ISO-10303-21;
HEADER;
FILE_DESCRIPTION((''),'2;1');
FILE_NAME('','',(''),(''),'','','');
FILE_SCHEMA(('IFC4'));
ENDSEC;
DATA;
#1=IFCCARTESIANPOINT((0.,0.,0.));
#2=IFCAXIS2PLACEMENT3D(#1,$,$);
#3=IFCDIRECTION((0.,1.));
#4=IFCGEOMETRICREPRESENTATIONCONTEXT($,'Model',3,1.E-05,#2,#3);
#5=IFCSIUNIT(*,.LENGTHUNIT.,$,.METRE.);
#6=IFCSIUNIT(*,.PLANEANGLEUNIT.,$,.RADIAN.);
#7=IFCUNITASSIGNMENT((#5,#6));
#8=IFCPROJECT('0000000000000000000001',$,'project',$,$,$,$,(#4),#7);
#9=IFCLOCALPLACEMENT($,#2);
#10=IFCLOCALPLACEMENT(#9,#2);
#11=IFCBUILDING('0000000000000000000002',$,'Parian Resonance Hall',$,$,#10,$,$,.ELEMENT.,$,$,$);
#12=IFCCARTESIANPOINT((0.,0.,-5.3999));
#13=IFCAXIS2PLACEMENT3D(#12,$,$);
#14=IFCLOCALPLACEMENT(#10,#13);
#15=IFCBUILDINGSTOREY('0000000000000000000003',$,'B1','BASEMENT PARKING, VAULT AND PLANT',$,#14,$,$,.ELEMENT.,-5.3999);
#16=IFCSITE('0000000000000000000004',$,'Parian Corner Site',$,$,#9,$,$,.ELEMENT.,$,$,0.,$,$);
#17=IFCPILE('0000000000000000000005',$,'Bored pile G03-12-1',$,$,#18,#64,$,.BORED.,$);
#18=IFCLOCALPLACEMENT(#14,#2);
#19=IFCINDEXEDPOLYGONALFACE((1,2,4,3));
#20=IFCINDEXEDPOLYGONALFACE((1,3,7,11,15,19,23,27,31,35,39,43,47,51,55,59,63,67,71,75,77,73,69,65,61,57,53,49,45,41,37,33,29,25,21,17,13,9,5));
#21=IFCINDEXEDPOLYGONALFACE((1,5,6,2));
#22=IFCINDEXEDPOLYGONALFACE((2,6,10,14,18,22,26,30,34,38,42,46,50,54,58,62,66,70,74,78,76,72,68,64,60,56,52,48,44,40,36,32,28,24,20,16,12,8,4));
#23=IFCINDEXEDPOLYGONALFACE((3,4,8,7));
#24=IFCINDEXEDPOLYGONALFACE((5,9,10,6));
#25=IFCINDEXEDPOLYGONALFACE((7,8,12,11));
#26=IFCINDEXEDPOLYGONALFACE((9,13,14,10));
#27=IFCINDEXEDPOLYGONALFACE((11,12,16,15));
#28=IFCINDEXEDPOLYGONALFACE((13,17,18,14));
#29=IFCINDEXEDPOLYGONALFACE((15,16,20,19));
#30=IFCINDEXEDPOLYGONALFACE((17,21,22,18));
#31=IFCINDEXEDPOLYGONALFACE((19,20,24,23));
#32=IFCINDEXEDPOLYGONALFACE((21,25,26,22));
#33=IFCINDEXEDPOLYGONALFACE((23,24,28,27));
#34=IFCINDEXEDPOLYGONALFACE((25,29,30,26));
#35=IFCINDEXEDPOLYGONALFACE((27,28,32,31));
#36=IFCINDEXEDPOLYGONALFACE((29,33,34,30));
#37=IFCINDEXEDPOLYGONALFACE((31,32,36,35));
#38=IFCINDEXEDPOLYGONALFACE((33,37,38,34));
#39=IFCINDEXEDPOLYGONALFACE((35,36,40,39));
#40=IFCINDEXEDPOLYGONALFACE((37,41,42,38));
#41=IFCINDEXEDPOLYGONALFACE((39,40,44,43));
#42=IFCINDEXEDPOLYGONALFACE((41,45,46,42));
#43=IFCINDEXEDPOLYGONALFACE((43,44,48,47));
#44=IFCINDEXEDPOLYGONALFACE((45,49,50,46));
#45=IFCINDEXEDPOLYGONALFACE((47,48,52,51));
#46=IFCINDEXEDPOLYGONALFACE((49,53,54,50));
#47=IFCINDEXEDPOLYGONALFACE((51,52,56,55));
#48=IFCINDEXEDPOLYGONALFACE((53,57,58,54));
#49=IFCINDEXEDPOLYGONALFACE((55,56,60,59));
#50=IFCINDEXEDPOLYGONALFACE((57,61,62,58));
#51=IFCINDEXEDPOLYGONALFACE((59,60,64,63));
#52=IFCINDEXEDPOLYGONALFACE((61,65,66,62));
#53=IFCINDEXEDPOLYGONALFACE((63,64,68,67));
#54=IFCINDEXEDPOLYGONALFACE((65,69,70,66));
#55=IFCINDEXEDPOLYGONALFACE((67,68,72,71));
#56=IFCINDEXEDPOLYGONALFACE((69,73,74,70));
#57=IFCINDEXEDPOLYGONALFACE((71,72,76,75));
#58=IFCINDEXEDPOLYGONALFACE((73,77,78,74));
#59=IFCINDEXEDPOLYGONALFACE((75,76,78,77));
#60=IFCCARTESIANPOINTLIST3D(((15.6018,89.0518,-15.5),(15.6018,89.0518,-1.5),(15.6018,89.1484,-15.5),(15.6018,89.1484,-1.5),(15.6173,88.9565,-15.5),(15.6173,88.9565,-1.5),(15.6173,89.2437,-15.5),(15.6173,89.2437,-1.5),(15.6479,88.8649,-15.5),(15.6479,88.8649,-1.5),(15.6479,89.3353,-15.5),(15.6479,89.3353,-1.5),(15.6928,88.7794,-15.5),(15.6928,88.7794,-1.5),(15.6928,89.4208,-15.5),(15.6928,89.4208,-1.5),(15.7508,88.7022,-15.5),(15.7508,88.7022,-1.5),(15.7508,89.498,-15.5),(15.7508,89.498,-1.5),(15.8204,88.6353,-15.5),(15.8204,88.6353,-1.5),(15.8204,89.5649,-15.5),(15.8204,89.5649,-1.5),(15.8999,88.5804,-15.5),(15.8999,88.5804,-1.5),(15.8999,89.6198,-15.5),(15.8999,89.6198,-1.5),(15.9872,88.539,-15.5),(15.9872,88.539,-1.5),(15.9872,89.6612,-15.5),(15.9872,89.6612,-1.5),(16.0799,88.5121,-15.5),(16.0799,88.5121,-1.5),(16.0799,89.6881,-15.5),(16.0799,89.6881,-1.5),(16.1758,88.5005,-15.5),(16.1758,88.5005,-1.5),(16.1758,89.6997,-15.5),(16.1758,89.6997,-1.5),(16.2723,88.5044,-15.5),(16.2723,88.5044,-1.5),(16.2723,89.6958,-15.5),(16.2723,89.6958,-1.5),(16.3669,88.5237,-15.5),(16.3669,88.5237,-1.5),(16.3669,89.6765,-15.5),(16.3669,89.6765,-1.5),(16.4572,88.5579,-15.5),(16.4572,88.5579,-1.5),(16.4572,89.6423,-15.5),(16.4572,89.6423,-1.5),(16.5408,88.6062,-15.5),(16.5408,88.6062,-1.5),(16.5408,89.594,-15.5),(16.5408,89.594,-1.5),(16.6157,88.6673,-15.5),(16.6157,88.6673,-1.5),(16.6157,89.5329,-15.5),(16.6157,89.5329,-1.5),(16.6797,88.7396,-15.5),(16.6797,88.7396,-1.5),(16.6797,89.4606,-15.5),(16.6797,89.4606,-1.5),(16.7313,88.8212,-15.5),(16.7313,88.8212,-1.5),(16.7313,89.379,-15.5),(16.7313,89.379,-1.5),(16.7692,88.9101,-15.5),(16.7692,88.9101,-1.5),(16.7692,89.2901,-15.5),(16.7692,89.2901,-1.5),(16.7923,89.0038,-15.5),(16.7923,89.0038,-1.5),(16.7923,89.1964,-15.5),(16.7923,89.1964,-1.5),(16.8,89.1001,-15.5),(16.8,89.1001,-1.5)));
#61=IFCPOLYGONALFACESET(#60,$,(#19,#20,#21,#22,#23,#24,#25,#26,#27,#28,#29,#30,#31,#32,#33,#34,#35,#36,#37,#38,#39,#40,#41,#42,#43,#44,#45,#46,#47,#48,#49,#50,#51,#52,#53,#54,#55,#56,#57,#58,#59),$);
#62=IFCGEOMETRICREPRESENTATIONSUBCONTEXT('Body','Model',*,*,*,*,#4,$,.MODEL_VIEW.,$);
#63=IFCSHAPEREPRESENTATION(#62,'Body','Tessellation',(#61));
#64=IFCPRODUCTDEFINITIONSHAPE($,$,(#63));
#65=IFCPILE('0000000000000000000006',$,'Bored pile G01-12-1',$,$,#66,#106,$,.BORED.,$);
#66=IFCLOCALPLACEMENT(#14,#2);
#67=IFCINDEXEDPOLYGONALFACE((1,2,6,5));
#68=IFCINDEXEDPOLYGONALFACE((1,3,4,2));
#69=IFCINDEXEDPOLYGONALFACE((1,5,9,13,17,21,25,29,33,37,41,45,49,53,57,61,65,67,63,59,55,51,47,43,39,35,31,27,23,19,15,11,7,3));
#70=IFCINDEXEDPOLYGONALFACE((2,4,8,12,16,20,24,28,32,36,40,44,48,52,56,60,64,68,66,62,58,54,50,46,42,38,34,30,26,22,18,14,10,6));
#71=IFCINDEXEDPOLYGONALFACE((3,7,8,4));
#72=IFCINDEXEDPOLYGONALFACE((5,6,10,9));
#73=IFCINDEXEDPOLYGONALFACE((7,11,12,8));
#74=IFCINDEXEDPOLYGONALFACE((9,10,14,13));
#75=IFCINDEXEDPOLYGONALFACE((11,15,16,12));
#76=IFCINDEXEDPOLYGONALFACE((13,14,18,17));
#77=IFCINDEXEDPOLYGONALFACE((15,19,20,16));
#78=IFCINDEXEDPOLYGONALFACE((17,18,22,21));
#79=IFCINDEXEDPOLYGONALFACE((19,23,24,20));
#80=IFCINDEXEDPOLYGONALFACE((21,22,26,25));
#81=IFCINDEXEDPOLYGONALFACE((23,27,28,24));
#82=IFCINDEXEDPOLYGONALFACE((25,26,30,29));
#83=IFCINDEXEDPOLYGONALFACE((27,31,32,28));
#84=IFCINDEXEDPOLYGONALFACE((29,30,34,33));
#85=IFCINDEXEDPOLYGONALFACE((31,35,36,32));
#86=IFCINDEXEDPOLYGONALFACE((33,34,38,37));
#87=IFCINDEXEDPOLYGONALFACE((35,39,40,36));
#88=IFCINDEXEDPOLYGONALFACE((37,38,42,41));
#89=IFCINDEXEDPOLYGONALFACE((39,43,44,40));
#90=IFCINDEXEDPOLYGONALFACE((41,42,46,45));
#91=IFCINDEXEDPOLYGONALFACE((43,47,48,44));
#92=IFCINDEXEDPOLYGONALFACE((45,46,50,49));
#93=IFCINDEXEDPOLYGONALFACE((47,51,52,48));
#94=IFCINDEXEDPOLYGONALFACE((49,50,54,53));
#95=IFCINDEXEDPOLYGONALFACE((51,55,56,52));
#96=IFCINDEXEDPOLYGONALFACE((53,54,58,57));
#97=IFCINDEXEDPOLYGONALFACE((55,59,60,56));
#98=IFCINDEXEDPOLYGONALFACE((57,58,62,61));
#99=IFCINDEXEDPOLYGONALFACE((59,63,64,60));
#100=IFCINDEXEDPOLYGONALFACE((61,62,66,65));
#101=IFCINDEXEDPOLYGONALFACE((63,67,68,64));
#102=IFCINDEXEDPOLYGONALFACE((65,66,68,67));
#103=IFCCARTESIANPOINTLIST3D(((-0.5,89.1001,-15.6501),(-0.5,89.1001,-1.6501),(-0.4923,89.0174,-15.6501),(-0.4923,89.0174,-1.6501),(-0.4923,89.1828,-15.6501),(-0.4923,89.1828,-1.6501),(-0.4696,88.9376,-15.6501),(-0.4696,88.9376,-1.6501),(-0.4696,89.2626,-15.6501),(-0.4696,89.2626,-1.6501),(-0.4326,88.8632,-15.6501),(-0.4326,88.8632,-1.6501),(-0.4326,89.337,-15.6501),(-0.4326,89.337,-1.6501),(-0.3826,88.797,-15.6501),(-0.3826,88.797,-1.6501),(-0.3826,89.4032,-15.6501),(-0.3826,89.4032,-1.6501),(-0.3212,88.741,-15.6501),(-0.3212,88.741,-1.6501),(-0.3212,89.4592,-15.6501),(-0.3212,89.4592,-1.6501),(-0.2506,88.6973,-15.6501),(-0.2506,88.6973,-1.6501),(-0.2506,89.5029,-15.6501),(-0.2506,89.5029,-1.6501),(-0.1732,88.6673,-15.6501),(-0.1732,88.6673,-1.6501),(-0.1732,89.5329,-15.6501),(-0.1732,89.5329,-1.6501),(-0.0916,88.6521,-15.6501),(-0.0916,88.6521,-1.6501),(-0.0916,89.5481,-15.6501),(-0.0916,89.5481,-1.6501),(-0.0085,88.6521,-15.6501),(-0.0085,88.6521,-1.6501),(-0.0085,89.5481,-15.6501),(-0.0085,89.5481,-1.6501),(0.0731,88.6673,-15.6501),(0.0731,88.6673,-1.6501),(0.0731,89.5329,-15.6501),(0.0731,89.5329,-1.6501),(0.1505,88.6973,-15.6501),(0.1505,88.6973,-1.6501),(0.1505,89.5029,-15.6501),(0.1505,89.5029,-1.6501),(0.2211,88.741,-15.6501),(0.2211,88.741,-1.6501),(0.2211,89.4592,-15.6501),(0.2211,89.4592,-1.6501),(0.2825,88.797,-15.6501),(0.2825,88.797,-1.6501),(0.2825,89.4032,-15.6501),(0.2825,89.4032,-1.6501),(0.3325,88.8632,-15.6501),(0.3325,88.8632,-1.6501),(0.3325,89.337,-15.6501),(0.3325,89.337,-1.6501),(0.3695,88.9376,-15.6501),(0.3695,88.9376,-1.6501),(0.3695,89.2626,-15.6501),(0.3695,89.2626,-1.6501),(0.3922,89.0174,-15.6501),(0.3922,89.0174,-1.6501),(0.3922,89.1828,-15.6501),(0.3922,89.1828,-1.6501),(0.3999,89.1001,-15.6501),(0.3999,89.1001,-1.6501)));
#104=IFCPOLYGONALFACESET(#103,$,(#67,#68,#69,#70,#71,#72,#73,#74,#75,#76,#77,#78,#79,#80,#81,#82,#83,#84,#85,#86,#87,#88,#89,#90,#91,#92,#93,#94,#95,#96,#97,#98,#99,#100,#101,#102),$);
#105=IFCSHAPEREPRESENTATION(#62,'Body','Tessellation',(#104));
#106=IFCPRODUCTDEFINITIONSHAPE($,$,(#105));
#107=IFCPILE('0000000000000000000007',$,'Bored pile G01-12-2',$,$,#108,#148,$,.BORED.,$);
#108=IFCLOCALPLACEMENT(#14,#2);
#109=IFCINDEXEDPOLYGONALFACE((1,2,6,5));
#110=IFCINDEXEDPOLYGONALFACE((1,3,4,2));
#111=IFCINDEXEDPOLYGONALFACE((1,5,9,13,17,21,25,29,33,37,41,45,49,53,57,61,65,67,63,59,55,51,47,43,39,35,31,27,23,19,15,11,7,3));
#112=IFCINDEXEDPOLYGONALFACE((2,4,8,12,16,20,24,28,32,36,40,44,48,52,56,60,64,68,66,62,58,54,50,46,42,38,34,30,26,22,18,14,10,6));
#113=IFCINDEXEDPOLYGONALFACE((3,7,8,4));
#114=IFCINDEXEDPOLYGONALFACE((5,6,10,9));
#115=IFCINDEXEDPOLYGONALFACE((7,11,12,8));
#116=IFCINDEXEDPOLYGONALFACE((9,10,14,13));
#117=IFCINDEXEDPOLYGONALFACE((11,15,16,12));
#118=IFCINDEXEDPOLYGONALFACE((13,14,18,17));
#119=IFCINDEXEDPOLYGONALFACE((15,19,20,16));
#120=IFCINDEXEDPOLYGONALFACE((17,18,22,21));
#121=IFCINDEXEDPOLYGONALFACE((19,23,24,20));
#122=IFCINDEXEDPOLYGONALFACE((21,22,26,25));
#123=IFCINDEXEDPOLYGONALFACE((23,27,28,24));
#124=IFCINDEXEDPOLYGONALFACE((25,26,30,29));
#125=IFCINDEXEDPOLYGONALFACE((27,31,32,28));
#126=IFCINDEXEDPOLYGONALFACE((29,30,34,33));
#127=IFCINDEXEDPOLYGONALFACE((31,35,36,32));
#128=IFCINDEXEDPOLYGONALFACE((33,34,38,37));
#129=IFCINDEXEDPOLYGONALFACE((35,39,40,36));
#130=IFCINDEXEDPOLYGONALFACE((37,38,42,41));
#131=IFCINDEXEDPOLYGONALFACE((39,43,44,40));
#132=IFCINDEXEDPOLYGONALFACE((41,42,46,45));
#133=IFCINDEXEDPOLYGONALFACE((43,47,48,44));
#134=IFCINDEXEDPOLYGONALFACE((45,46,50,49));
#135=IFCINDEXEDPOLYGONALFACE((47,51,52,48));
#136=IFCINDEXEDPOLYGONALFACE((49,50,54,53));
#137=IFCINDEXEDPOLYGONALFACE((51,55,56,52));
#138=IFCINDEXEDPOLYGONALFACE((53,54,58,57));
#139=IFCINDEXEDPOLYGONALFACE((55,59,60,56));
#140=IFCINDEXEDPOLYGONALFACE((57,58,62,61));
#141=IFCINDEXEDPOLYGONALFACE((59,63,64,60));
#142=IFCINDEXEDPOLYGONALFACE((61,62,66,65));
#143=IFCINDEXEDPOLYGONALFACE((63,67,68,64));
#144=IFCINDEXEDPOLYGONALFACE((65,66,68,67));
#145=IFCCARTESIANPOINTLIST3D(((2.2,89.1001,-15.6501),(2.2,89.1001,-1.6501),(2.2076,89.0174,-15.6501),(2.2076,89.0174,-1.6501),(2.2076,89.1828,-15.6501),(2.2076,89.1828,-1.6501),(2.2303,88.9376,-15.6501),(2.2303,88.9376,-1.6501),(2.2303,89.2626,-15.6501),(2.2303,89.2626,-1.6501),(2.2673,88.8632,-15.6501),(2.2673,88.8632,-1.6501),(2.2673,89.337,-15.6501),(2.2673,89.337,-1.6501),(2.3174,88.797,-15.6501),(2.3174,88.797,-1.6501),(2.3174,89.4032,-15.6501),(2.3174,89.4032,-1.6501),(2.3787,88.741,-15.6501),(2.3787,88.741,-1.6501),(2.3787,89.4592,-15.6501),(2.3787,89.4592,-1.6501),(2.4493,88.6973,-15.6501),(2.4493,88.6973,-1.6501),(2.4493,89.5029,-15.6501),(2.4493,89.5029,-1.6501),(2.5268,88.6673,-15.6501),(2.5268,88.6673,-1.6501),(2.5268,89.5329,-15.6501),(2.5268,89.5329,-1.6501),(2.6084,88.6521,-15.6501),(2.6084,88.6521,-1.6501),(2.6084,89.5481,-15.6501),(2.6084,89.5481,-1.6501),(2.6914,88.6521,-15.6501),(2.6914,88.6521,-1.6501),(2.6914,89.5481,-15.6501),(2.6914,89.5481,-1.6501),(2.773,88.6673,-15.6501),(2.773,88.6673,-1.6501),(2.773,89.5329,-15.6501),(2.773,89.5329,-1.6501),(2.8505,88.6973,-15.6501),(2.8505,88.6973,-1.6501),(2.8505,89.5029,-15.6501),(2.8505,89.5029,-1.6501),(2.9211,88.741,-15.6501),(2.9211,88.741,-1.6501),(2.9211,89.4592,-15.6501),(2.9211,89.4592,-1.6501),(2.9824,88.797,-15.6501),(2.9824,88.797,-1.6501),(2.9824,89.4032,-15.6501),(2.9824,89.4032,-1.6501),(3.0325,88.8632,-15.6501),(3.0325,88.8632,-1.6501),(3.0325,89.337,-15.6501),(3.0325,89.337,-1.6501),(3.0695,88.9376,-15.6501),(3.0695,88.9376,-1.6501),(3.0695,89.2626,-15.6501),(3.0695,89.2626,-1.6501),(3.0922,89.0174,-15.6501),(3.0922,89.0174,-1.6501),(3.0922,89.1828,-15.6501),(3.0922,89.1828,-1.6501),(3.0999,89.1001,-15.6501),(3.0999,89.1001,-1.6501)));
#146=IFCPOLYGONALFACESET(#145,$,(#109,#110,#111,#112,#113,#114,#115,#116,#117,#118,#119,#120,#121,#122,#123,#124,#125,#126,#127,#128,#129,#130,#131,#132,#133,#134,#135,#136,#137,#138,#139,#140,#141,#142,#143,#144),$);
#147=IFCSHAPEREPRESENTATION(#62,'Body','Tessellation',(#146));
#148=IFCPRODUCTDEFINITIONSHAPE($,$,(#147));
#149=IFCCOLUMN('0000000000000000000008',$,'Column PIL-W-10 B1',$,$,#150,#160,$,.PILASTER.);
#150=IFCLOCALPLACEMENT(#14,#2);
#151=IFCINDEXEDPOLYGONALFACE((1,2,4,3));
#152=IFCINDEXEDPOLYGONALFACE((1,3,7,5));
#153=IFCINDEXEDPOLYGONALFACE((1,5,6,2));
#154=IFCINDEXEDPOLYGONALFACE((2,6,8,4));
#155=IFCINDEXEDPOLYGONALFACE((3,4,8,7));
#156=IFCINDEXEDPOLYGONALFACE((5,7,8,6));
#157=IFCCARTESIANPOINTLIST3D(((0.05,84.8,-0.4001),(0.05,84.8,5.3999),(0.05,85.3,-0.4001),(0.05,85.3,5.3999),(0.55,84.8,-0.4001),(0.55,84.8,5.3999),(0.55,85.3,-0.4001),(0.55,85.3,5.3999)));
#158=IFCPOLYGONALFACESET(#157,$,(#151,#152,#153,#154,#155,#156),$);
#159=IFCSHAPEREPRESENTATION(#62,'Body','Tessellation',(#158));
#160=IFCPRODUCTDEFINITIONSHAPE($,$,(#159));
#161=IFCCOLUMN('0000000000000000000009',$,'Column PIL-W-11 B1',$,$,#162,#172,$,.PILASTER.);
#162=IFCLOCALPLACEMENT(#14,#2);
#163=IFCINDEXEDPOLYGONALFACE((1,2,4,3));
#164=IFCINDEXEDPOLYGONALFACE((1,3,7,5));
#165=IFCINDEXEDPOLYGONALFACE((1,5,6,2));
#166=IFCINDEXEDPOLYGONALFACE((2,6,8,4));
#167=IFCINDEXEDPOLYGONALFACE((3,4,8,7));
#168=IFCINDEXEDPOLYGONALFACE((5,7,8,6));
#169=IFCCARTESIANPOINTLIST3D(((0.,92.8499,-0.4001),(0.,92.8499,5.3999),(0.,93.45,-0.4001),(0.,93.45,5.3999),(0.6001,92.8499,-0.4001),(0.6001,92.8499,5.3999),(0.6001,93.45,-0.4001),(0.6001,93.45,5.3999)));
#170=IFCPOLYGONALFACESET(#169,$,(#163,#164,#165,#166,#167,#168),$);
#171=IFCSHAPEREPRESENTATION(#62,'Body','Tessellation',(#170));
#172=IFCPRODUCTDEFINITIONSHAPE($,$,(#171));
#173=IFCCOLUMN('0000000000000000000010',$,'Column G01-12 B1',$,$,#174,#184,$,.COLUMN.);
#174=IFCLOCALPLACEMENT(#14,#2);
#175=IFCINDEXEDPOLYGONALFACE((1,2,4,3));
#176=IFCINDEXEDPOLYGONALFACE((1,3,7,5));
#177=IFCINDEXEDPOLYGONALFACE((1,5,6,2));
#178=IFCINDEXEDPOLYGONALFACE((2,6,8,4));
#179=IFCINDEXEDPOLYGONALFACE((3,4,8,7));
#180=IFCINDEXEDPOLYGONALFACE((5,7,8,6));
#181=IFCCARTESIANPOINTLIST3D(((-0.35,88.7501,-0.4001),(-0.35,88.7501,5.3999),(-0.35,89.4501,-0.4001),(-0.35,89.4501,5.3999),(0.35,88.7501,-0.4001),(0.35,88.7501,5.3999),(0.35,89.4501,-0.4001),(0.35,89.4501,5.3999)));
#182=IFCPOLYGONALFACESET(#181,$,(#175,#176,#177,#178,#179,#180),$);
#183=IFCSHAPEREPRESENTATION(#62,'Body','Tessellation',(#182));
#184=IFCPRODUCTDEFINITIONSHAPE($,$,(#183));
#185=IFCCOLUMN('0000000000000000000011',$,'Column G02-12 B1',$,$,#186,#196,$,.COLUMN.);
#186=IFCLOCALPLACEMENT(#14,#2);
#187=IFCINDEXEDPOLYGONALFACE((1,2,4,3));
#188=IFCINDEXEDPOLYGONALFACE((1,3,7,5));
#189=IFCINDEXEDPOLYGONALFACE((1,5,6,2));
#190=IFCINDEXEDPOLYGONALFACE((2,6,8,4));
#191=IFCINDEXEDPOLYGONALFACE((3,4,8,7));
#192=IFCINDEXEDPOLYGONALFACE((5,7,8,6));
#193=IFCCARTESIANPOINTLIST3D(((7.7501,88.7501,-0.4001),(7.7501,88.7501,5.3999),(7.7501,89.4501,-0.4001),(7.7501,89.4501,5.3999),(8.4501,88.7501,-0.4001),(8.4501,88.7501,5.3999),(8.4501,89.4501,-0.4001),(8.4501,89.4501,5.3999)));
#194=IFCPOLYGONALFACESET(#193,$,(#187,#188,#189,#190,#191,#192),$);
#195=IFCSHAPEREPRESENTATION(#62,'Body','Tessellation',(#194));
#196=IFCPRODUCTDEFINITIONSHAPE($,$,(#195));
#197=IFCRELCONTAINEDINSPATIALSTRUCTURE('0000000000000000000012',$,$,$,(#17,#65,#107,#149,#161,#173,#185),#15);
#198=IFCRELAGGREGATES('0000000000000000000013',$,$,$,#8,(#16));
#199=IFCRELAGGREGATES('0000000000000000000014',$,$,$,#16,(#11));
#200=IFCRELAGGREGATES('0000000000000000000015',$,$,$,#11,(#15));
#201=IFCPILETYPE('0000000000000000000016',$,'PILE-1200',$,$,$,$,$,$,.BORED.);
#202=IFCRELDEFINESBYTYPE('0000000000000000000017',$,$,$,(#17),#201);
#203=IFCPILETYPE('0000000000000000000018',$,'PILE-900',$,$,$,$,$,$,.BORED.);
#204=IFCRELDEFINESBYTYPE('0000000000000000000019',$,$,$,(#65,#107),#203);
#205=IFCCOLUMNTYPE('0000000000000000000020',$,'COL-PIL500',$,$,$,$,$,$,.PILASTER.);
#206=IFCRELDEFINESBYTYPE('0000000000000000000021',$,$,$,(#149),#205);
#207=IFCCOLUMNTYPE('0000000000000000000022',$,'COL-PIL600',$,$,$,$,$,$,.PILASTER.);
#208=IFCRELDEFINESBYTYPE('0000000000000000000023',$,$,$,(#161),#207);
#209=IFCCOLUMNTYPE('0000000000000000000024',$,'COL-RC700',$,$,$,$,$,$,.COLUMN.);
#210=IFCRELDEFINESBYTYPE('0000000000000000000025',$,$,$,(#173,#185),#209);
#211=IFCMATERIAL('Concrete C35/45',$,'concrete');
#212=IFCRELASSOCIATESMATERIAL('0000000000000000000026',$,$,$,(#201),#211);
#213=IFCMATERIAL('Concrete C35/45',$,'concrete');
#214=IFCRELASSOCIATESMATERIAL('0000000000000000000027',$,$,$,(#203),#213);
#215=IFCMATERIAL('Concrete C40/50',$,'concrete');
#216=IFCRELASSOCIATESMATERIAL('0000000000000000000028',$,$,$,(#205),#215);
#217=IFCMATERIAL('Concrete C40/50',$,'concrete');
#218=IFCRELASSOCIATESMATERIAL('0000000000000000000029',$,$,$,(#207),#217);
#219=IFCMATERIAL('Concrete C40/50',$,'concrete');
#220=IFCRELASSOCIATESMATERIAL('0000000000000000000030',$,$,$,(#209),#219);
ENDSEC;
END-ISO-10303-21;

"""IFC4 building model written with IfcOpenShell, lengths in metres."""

from ifc_helpers import new_model, si_unit, direction, frame, origin, origin_2d, place, context, subcontext, project, spatial, rectangle, circle, extrude, material, material_profile, profile_set, type_object, element, save


model = new_model("IFC4")

# Units and contexts
model_context = context("Model", 3, precision=1e-05, world=origin(), true_north=direction((0.0, 1.0)))
body_context = subcontext(model_context, "Body", "Model", "MODEL_VIEW")
ifc_project = project(units=[si_unit("LENGTHUNIT", "METRE"), si_unit("PLANEANGLEUNIT", "RADIAN")], contexts=[model_context])

# Site, building, storey
site_placement = place(None, origin())
site = spatial("IfcSite", under=ifc_project, at=site_placement, Name="Parian Corner Site", CompositionType="ELEMENT", RefElevation=0.0)
building_placement = place(site_placement, origin())
building = spatial("IfcBuilding", under=site, at=building_placement, Name="Parian Resonance Hall", CompositionType="ELEMENT")
storey_placement = place(building_placement, frame((0.0, 0.0, -5.3999)))
storey = spatial("IfcBuildingStorey", under=building, at=storey_placement, Name="B1", Description="BASEMENT PARKING, VAULT AND PLANT", CompositionType="ELEMENT", Elevation=-5.3999)

# Piles
ifc_material_1 = material(Name="Concrete C35/45", Category="concrete")
ifc_material_profile_1 = material_profile(ifc_material_1, circle(Radius=0.6001, at=origin_2d()), Name="PILE-D1200")
ifc_profile_set_1 = profile_set([ifc_material_profile_1], Name="Concrete C35/45")
pile_type_1 = type_object("IfcPileType", Name="PILE-1200", PredefinedType="BORED", material=ifc_profile_set_1)
for number, where, z_axis, x_axis, name in (
    (1, (16.2, 89.1001, -1.5), (0.0, 0.0, -1.0), (1.0, 0.0, 0.0), "Bored pile G03-12-1"),
):
    element("IfcPile", number, at=place(storey_placement, frame(where, z_axis=z_axis, x_axis=x_axis)), inside=storey, type_object=pile_type_1, Name=name, PredefinedType="BORED", context=body_context, shape_type="SweptSolid", body=[
        extrude(circle(Radius=0.6001, at=origin_2d()), origin(), (0.0, 0.0, 1.0), 14.0),
    ])
ifc_material_2 = material(Name="Concrete C35/45", Category="concrete")
ifc_material_profile_2 = material_profile(ifc_material_2, circle(Radius=0.45, at=origin_2d()), Name="PILE-D900")
ifc_profile_set_2 = profile_set([ifc_material_profile_2], Name="Concrete C35/45")
pile_type_2 = type_object("IfcPileType", Name="PILE-900", PredefinedType="BORED", material=ifc_profile_set_2)
for number, where, z_axis, x_axis, name in (
    (2, (-0.05, 89.1001, -1.6501), (0.0, 0.0, -1.0), (1.0, 0.0, 0.0), "Bored pile G01-12-1"),
    (3, (2.6499, 89.1001, -1.6501), (0.0, 0.0, -1.0), (1.0, 0.0, 0.0), "Bored pile G01-12-2"),
):
    element("IfcPile", number, at=place(storey_placement, frame(where, z_axis=z_axis, x_axis=x_axis)), inside=storey, type_object=pile_type_2, Name=name, PredefinedType="BORED", context=body_context, shape_type="SweptSolid", body=[
        extrude(circle(Radius=0.45, at=origin_2d()), origin(), (0.0, 0.0, 1.0), 14.0),
    ])

# Columns
ifc_material_3 = material(Name="Concrete C40/50", Category="concrete")
ifc_material_profile_3 = material_profile(ifc_material_3, rectangle(XDim=0.5, YDim=0.5, at=origin_2d()), Name="RC-COL-500x500")
ifc_profile_set_3 = profile_set([ifc_material_profile_3], Name="Concrete C40/50")
column_type_1 = type_object("IfcColumnType", Name="COL-PIL500", PredefinedType="PILASTER", material=ifc_profile_set_3)
column_1_placement = place(storey_placement, frame((0.3, 85.05, -0.4001), z_axis=(0.0, 0.0, 1.0), x_axis=(1.0, 0.0, 0.0)))
element("IfcColumn", 4, at=column_1_placement, inside=storey, type_object=column_type_1, Name="Column PIL-W-10 B1", PredefinedType="PILASTER", context=body_context, shape_type="SweptSolid", body=[
    extrude(rectangle(XDim=0.5, YDim=0.5, at=origin_2d()), origin(), (0.0, 0.0, 1.0), 5.8),
])
ifc_material_4 = material(Name="Concrete C40/50", Category="concrete")
ifc_material_profile_4 = material_profile(ifc_material_4, rectangle(XDim=0.6001, YDim=0.6001, at=origin_2d()), Name="RC-COL-600x600")
ifc_profile_set_4 = profile_set([ifc_material_profile_4], Name="Concrete C40/50")
column_type_2 = type_object("IfcColumnType", Name="COL-PIL600", PredefinedType="PILASTER", material=ifc_profile_set_4)
column_2_placement = place(storey_placement, frame((0.3, 93.1499, -0.4001), z_axis=(0.0, 0.0, 1.0), x_axis=(1.0, 0.0, 0.0)))
element("IfcColumn", 5, at=column_2_placement, inside=storey, type_object=column_type_2, Name="Column PIL-W-11 B1", PredefinedType="PILASTER", context=body_context, shape_type="SweptSolid", body=[
    extrude(rectangle(XDim=0.6001, YDim=0.6001, at=origin_2d()), origin(), (0.0, 0.0, 1.0), 5.8),
])
ifc_material_5 = material(Name="Concrete C40/50", Category="concrete")
ifc_material_profile_5 = material_profile(ifc_material_5, rectangle(XDim=0.7, YDim=0.7, at=origin_2d()), Name="RC-COL-700x700")
ifc_profile_set_5 = profile_set([ifc_material_profile_5], Name="Concrete C40/50")
column_type_3 = type_object("IfcColumnType", Name="COL-RC700", PredefinedType="COLUMN", material=ifc_profile_set_5)
for number, where, z_axis, x_axis, name in (
    (6, (0.0, 89.1001, -0.4001), (0.0, 0.0, 1.0), (1.0, 0.0, 0.0), "Column G01-12 B1"),
    (7, (8.1001, 89.1001, -0.4001), (0.0, 0.0, 1.0), (1.0, 0.0, 0.0), "Column G02-12 B1"),
):
    element("IfcColumn", number, at=place(storey_placement, frame(where, z_axis=z_axis, x_axis=x_axis)), inside=storey, type_object=column_type_3, Name=name, PredefinedType="COLUMN", context=body_context, shape_type="SweptSolid", body=[
        extrude(rectangle(XDim=0.7, YDim=0.7, at=origin_2d()), origin(), (0.0, 0.0, 1.0), 5.8),
    ])

save(model, "model.ifc")
